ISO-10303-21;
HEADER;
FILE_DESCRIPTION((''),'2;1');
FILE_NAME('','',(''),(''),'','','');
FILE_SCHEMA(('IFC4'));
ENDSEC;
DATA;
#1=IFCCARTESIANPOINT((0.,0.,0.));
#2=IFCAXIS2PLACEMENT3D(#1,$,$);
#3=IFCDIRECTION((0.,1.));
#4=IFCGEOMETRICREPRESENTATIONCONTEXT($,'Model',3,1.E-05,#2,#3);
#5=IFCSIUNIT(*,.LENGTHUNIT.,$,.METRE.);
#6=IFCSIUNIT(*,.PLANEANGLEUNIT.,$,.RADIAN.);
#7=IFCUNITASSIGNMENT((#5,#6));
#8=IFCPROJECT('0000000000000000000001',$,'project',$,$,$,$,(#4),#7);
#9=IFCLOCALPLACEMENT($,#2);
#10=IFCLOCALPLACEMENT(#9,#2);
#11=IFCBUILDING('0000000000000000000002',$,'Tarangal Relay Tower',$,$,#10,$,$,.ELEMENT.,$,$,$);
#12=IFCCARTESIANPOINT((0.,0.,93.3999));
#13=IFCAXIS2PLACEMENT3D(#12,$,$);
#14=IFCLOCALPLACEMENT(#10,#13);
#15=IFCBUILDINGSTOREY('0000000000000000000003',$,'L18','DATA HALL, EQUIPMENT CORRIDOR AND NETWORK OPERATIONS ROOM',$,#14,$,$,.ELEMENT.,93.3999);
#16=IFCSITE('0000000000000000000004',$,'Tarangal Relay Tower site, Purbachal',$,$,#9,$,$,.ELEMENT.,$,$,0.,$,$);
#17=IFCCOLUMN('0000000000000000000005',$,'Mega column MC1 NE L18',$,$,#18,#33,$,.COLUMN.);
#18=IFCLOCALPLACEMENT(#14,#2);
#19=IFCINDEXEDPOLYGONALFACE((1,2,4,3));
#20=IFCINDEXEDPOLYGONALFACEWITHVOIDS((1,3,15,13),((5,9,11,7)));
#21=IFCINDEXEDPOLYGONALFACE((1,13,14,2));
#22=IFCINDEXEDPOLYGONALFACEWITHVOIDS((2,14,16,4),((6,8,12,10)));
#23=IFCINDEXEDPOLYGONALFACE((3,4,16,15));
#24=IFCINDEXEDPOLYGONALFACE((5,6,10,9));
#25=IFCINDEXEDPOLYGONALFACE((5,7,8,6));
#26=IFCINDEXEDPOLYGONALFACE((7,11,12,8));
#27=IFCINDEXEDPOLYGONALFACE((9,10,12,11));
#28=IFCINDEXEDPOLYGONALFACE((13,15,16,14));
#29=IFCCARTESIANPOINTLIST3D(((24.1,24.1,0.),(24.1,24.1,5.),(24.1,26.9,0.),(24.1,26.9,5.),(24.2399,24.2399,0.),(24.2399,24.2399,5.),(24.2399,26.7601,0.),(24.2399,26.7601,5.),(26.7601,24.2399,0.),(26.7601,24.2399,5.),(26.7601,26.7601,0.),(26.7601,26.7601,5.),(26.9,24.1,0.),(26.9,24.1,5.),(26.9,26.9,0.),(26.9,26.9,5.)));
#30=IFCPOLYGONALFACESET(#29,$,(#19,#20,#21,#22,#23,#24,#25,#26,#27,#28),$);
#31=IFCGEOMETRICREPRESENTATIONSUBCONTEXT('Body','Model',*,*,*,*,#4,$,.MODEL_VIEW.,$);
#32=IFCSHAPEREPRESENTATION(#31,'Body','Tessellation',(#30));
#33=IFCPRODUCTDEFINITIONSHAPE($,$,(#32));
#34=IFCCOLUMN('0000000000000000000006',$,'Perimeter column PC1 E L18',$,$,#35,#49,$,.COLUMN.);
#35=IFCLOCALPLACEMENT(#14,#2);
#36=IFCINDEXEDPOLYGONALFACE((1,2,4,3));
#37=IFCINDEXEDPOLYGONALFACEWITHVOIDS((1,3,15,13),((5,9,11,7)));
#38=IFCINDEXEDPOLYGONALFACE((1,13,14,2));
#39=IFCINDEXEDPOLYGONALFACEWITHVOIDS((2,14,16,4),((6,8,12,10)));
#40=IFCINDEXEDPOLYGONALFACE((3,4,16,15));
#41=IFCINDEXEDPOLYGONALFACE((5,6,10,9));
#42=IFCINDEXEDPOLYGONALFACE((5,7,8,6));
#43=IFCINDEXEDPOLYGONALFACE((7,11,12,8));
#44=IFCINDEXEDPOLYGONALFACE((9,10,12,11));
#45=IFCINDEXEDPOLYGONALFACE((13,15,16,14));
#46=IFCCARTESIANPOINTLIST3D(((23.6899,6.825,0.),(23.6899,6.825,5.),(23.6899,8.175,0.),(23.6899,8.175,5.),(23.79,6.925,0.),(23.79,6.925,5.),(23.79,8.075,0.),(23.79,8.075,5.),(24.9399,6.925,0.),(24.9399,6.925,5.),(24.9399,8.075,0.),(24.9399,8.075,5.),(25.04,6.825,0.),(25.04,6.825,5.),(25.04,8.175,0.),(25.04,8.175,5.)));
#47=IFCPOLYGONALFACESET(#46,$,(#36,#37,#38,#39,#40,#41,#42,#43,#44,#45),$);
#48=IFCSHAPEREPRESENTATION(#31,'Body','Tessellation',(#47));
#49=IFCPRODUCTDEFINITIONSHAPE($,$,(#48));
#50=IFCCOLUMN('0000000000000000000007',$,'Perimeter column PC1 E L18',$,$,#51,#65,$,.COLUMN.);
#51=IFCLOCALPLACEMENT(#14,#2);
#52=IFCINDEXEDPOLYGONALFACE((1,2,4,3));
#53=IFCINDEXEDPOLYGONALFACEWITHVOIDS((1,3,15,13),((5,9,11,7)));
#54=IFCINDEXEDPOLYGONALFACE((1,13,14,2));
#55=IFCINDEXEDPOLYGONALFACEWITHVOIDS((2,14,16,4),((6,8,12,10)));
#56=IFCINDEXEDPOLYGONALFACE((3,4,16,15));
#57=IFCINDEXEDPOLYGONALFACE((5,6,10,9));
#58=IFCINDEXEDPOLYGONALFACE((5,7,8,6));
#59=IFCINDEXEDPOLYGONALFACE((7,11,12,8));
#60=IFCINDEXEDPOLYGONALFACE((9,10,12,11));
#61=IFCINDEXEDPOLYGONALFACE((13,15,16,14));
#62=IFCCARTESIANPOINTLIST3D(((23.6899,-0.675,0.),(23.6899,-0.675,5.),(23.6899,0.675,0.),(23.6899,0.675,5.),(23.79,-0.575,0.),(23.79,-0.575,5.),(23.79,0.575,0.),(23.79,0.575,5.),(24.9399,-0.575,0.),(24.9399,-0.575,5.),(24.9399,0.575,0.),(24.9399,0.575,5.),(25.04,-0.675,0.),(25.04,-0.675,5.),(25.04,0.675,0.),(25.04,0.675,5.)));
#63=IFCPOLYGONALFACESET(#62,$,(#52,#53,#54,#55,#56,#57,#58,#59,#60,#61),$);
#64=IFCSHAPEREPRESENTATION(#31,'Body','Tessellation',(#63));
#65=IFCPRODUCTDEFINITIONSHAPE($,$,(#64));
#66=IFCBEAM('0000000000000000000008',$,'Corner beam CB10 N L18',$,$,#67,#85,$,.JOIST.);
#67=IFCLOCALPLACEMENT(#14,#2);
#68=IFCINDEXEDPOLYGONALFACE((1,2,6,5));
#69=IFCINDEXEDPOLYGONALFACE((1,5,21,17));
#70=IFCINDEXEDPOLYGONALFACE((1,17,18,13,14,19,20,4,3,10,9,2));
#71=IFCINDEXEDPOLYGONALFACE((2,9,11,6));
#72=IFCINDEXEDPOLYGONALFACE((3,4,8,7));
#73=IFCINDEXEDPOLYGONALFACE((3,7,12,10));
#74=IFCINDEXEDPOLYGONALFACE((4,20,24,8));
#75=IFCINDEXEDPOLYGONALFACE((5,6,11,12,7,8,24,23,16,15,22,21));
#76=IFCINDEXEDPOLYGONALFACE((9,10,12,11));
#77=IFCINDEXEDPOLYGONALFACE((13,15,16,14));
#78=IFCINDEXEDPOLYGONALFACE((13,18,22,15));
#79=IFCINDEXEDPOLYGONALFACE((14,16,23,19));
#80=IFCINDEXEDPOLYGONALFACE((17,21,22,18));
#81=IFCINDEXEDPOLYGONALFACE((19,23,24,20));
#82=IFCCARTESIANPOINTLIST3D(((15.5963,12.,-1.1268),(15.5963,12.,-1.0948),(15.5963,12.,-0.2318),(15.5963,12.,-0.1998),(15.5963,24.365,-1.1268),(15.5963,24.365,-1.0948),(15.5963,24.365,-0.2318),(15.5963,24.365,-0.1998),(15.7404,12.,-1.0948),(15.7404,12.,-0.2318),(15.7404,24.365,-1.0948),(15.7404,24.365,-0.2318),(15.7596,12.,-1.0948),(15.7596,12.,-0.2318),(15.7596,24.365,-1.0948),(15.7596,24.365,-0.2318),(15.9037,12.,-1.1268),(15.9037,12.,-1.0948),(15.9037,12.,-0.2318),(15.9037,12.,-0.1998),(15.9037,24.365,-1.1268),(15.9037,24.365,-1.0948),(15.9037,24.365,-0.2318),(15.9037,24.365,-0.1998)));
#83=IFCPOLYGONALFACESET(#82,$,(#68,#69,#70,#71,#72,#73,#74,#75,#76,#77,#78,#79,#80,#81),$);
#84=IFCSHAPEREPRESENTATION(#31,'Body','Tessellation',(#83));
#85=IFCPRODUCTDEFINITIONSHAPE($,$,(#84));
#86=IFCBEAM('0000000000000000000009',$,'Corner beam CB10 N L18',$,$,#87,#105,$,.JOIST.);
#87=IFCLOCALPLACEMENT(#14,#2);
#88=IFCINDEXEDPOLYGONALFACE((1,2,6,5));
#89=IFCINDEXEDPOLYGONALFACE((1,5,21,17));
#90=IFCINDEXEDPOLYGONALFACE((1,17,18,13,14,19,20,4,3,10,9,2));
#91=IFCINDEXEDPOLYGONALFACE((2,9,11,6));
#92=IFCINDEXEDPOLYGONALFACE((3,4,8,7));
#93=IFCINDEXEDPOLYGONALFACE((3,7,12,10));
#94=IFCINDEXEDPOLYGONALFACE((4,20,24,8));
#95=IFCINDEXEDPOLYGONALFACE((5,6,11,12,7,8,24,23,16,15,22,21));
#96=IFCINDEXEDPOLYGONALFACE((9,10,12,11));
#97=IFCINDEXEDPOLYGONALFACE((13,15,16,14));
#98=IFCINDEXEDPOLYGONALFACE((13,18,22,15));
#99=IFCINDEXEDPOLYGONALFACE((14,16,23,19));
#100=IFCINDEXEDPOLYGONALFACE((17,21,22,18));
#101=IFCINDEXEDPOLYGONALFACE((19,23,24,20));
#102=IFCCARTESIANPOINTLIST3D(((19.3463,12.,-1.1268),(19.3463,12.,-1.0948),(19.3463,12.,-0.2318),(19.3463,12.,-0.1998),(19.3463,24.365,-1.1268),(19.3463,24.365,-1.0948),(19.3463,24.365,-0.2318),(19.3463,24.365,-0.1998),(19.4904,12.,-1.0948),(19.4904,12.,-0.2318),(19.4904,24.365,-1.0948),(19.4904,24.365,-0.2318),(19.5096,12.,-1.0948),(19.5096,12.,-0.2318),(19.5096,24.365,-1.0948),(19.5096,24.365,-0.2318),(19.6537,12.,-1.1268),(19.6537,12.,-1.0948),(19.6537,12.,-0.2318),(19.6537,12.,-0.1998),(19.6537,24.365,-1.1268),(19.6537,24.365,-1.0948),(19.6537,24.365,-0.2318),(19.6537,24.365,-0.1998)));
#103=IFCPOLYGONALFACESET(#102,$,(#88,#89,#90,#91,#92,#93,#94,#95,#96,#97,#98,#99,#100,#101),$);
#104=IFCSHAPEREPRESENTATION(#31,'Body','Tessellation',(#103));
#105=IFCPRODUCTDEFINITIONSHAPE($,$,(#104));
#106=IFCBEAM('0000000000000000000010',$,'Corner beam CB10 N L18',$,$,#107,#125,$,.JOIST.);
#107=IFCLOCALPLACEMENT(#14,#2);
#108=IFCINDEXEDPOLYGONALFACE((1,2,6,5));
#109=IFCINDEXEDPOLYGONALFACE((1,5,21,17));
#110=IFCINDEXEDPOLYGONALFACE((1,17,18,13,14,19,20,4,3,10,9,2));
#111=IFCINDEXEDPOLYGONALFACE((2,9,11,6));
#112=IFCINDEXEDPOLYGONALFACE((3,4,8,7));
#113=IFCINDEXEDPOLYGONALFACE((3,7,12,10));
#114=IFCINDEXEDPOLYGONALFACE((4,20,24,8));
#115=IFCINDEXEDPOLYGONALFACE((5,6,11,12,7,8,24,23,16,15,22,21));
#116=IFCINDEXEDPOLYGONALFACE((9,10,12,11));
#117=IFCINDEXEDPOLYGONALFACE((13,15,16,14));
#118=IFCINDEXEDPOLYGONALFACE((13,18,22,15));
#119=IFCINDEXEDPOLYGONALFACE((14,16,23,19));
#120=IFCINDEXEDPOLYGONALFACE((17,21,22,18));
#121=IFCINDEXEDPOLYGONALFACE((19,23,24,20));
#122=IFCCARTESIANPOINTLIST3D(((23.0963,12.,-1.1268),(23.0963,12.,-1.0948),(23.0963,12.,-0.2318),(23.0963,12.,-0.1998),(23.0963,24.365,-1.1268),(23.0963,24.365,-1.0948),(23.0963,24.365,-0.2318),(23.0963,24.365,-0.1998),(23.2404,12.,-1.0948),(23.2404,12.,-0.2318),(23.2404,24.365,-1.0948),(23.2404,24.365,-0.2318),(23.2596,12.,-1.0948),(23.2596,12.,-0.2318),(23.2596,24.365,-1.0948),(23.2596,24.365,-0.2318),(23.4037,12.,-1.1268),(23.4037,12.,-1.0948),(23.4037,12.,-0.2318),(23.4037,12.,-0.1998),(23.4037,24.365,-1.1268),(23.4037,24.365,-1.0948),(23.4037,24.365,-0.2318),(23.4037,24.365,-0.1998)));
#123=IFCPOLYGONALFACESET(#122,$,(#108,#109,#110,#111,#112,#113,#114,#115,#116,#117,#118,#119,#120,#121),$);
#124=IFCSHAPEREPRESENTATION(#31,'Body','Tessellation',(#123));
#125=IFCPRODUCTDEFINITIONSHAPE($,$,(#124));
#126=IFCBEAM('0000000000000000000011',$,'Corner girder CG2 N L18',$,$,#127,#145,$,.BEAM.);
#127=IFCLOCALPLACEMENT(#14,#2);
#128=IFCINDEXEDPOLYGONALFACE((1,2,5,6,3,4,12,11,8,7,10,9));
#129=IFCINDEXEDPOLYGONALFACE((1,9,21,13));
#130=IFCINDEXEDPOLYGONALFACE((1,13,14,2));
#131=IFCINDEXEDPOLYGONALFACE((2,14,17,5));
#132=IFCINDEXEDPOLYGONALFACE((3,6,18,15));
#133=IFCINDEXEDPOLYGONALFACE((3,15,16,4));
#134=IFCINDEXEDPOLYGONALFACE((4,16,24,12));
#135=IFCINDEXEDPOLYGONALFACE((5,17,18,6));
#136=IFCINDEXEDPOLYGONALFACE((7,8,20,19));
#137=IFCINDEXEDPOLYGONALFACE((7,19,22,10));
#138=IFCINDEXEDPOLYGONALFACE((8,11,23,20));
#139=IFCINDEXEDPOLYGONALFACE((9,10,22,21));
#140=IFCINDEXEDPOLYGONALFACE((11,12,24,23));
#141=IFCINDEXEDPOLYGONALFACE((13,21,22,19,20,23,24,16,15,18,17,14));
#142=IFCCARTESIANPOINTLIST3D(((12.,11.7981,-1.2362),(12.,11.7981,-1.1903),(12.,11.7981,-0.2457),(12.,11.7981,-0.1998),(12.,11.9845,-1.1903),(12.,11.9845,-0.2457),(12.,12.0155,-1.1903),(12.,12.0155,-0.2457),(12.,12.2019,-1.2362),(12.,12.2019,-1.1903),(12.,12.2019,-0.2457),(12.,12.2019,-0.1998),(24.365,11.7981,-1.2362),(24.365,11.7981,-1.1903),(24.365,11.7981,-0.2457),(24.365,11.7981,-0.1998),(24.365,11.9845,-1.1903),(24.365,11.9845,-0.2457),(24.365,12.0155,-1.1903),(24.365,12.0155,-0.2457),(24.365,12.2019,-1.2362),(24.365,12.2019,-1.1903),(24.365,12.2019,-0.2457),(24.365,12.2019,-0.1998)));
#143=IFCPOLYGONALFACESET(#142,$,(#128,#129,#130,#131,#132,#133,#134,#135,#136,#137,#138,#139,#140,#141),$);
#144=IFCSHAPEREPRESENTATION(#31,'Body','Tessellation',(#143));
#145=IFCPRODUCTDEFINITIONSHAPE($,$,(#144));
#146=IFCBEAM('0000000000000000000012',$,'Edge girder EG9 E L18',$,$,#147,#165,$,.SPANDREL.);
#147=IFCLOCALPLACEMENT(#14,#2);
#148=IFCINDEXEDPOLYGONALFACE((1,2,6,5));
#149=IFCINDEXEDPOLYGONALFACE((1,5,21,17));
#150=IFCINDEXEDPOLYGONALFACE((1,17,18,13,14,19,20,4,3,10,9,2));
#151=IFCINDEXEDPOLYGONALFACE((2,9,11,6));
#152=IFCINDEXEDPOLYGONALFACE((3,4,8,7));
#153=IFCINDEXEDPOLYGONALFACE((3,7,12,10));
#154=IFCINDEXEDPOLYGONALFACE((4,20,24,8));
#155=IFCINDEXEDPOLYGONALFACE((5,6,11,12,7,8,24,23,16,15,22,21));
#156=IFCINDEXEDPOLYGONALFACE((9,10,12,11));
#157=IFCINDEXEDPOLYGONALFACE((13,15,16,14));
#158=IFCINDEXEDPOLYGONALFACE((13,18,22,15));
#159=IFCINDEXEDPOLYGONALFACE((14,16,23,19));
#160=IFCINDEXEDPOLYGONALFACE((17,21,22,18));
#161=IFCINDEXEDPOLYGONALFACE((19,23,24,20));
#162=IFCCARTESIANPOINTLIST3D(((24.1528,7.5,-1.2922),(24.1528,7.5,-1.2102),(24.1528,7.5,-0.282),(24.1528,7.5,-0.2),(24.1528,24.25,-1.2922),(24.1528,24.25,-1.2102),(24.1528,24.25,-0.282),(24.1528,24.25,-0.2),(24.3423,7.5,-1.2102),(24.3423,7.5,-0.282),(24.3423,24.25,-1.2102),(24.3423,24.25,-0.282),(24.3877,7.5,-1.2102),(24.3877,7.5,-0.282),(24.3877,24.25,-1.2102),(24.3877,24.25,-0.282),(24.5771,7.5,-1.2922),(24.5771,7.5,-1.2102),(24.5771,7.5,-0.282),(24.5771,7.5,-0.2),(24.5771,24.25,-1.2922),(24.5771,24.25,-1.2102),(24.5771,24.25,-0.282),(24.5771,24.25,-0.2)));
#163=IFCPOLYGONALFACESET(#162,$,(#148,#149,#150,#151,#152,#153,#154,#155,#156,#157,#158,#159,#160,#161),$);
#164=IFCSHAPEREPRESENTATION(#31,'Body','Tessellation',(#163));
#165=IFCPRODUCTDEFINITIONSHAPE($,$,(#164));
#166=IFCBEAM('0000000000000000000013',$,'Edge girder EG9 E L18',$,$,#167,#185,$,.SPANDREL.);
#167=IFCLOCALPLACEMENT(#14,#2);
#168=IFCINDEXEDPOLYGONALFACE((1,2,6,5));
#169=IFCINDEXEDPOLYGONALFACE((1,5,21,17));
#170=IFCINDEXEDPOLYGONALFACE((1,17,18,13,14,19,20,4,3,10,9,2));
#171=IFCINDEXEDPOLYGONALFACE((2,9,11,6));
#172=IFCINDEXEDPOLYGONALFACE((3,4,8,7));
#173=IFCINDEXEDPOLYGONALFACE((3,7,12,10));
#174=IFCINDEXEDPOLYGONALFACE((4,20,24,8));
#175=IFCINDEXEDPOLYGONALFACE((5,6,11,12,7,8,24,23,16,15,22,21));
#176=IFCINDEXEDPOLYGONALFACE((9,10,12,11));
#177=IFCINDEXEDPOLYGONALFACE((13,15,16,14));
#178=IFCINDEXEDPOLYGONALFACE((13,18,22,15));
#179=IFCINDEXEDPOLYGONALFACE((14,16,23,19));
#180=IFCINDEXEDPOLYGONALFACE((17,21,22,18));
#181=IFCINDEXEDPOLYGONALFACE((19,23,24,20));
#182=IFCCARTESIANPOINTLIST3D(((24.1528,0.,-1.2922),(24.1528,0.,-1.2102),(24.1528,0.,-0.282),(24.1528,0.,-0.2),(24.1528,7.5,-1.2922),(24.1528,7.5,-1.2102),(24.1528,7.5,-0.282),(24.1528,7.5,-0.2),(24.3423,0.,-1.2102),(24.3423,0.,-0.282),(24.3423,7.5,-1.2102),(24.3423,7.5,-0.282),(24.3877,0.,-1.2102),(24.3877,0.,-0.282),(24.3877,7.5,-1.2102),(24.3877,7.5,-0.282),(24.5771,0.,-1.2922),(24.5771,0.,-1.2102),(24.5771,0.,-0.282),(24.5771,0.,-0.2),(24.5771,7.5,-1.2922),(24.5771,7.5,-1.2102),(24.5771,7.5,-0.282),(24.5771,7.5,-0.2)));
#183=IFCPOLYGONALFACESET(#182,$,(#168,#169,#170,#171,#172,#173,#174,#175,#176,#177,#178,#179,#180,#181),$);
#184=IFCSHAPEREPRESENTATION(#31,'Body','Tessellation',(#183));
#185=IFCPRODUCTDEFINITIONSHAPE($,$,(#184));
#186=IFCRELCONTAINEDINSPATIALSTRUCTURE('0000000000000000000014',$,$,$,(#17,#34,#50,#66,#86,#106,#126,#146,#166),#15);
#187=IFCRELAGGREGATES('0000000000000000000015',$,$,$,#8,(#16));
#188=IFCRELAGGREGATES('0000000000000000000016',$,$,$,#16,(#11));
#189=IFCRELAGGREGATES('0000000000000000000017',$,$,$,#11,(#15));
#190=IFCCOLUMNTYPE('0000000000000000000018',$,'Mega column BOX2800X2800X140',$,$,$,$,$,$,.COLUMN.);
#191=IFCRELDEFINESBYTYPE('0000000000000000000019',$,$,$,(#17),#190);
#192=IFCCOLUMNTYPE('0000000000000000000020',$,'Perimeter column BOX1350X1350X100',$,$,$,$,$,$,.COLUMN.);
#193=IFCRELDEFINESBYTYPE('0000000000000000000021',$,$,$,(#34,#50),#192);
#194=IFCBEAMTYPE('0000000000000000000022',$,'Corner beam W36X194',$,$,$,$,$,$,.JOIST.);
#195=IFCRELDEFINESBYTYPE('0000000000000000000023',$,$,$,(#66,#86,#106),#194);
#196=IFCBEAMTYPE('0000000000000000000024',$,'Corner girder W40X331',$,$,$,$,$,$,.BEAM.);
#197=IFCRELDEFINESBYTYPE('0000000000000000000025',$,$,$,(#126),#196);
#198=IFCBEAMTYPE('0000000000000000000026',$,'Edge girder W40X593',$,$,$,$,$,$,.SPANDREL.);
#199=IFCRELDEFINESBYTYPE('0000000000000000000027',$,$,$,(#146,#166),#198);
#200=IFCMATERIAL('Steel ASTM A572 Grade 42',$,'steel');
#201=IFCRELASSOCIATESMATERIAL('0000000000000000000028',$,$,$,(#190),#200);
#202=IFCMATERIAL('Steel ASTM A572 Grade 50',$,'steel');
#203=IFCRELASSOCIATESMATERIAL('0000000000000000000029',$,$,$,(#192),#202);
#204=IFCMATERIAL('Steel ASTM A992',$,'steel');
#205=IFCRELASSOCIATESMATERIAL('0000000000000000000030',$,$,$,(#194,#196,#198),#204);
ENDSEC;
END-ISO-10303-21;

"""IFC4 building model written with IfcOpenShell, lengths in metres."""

from ifc_helpers import new_model, si_unit, direction, frame, origin, origin_2d, place, context, subcontext, project, spatial, hollow_rectangle, i_section, extrude, material, material_profile, profile_set, type_object, element, save


model = new_model("IFC4")

# Units and contexts
model_context = context("Model", 3, precision=1e-05, world=origin(), true_north=direction((0.0, 1.0)))
body_context = subcontext(model_context, "Body", "Model", "MODEL_VIEW")
ifc_project = project(units=[si_unit("LENGTHUNIT", "METRE"), si_unit("PLANEANGLEUNIT", "RADIAN")], contexts=[model_context])

# Site, building, storey
site_placement = place(None, origin())
site = spatial("IfcSite", under=ifc_project, at=site_placement, Name="Tarangal Relay Tower site, Purbachal", CompositionType="ELEMENT", RefElevation=0.0)
building_placement = place(site_placement, origin())
building = spatial("IfcBuilding", under=site, at=building_placement, Name="Tarangal Relay Tower", CompositionType="ELEMENT")
storey_placement = place(building_placement, frame((0.0, 0.0, 93.3999)))
storey = spatial("IfcBuildingStorey", under=building, at=storey_placement, Name="L18", Description="DATA HALL, EQUIPMENT CORRIDOR AND NETWORK OPERATIONS ROOM", CompositionType="ELEMENT", Elevation=93.3999)

# Columns
ifc_material_1 = material(Name="Steel ASTM A572 Grade 42", Category="steel")
ifc_material_profile_1 = material_profile(ifc_material_1, hollow_rectangle(XDim=2.8, YDim=2.8, WallThickness=0.1399, at=origin_2d()), Name="BOX2800X2800X140")
ifc_profile_set_1 = profile_set([ifc_material_profile_1], Name="Steel ASTM A572 Grade 42")
column_type_1 = type_object("IfcColumnType", Name="Mega column BOX2800X2800X140", PredefinedType="COLUMN", material=ifc_profile_set_1)
column_placement = place(storey_placement, frame((25.5, 25.5, 0.0), z_axis=(0.0, 0.0, 1.0), x_axis=(1.0, 0.0, 0.0)))
element("IfcColumn", 1, at=column_placement, inside=storey, type_object=column_type_1, Name="Mega column MC1 NE L18", PredefinedType="COLUMN", context=body_context, shape_type="SweptSolid", body=[
    extrude(hollow_rectangle(XDim=2.8, YDim=2.8, WallThickness=0.1399, at=origin_2d()), origin(), (0.0, 0.0, 1.0), 5.0),
])
ifc_material_2 = material(Name="Steel ASTM A572 Grade 50", Category="steel")
ifc_material_profile_2 = material_profile(ifc_material_2, hollow_rectangle(XDim=1.3501, YDim=1.3501, WallThickness=0.1001, at=origin_2d()), Name="BOX1350X1350X100")
ifc_profile_set_2 = profile_set([ifc_material_profile_2], Name="Steel ASTM A572 Grade 50")
column_type_2 = type_object("IfcColumnType", Name="Perimeter column BOX1350X1350X100", PredefinedType="COLUMN", material=ifc_profile_set_2)
for number, where, z_axis, x_axis, name in (
    (2, (24.365, 7.5, 0.0), (0.0, 0.0, 1.0), (1.0, 0.0, 0.0), "Perimeter column PC1 E L18"),
    (3, (24.365, 0.0, 0.0), (0.0, 0.0, 1.0), (1.0, 0.0, 0.0), "Perimeter column PC1 E L18"),
):
    element("IfcColumn", number, at=place(storey_placement, frame(where, z_axis=z_axis, x_axis=x_axis)), inside=storey, type_object=column_type_2, Name=name, PredefinedType="COLUMN", context=body_context, shape_type="SweptSolid", body=[
        extrude(hollow_rectangle(XDim=1.3501, YDim=1.3501, WallThickness=0.1001, at=origin_2d()), origin(), (0.0, 0.0, 1.0), 5.0),
    ])

# Beams
ifc_material_3 = material(Name="Steel ASTM A992", Category="steel")
ifc_material_profile_3 = material_profile(ifc_material_3, i_section(OverallWidth=0.3074, OverallDepth=0.927, WebThickness=0.0193, FlangeThickness=0.032, at=origin_2d()), Name="W36X194")
ifc_profile_set_3 = profile_set([ifc_material_profile_3], Name="Steel ASTM A992")
beam_type_1 = type_object("IfcBeamType", Name="Corner beam W36X194", PredefinedType="JOIST", material=ifc_profile_set_3)
for number, where, z_axis, x_axis, name in (
    (4, (15.75, 12.0, -0.6633), (0.0, 1.0, 0.0), (-1.0, 0.0, 0.0), "Corner beam CB10 N L18"),
    (5, (19.5, 12.0, -0.6633), (0.0, 1.0, 0.0), (-1.0, 0.0, 0.0), "Corner beam CB10 N L18"),
    (6, (23.25, 12.0, -0.6633), (0.0, 1.0, 0.0), (-1.0, 0.0, 0.0), "Corner beam CB10 N L18"),
):
    element("IfcBeam", number, at=place(storey_placement, frame(where, z_axis=z_axis, x_axis=x_axis)), inside=storey, type_object=beam_type_1, Name=name, PredefinedType="JOIST", context=body_context, shape_type="SweptSolid", body=[
        extrude(i_section(OverallWidth=0.3074, OverallDepth=0.927, WebThickness=0.0193, FlangeThickness=0.032, at=origin_2d()), origin(), (0.0, 0.0, 1.0), 12.365),
    ])
ifc_material_profile_4 = material_profile(ifc_material_3, i_section(OverallWidth=0.4038, OverallDepth=1.0364, WebThickness=0.031, FlangeThickness=0.0459, at=origin_2d()), Name="W40X331")
ifc_profile_set_4 = profile_set([ifc_material_profile_4], Name="Steel ASTM A992")
beam_type_2 = type_object("IfcBeamType", Name="Corner girder W40X331", PredefinedType="BEAM", material=ifc_profile_set_4)
beam_1_placement = place(storey_placement, frame((12.0, 12.0, -0.718), z_axis=(1.0, 0.0, 0.0), x_axis=(0.0, 1.0, 0.0)))
element("IfcBeam", 7, at=beam_1_placement, inside=storey, type_object=beam_type_2, Name="Corner girder CG2 N L18", PredefinedType="BEAM", context=body_context, shape_type="SweptSolid", body=[
    extrude(i_section(OverallWidth=0.4038, OverallDepth=1.0364, WebThickness=0.031, FlangeThickness=0.0459, at=origin_2d()), origin(), (0.0, 0.0, 1.0), 12.365),
])
ifc_material_profile_5 = material_profile(ifc_material_3, i_section(OverallWidth=0.4243, OverallDepth=1.0923, WebThickness=0.0454, FlangeThickness=0.082, at=origin_2d()), Name="W40X593")
ifc_profile_set_5 = profile_set([ifc_material_profile_5], Name="Steel ASTM A992")
beam_type_3 = type_object("IfcBeamType", Name="Edge girder W40X593", PredefinedType="SPANDREL", material=ifc_profile_set_5)
beam_2_placement = place(storey_placement, frame((24.365, 24.25, -0.7461), z_axis=(0.0, -1.0, 0.0), x_axis=(1.0, 0.0, 0.0)))
element("IfcBeam", 8, at=beam_2_placement, inside=storey, type_object=beam_type_3, Name="Edge girder EG9 E L18", PredefinedType="SPANDREL", context=body_context, shape_type="SweptSolid", body=[
    extrude(i_section(OverallWidth=0.4243, OverallDepth=1.0923, WebThickness=0.0454, FlangeThickness=0.082, at=origin_2d()), origin(), (0.0, 0.0, 1.0), 16.75),
])
for number, where, z_axis, x_axis, name in (
    (9, (24.365, 7.5, -0.7461), (0.0, -1.0, 0.0), (1.0, 0.0, 0.0), "Edge girder EG9 E L18"),
):
    element("IfcBeam", number, at=place(storey_placement, frame(where, z_axis=z_axis, x_axis=x_axis)), inside=storey, type_object=beam_type_3, Name=name, PredefinedType="SPANDREL", context=body_context, shape_type="SweptSolid", body=[
        extrude(i_section(OverallWidth=0.4243, OverallDepth=1.0923, WebThickness=0.0454, FlangeThickness=0.082, at=origin_2d()), origin(), (0.0, 0.0, 1.0), 7.5),
    ])

save(model, "model.ifc")
